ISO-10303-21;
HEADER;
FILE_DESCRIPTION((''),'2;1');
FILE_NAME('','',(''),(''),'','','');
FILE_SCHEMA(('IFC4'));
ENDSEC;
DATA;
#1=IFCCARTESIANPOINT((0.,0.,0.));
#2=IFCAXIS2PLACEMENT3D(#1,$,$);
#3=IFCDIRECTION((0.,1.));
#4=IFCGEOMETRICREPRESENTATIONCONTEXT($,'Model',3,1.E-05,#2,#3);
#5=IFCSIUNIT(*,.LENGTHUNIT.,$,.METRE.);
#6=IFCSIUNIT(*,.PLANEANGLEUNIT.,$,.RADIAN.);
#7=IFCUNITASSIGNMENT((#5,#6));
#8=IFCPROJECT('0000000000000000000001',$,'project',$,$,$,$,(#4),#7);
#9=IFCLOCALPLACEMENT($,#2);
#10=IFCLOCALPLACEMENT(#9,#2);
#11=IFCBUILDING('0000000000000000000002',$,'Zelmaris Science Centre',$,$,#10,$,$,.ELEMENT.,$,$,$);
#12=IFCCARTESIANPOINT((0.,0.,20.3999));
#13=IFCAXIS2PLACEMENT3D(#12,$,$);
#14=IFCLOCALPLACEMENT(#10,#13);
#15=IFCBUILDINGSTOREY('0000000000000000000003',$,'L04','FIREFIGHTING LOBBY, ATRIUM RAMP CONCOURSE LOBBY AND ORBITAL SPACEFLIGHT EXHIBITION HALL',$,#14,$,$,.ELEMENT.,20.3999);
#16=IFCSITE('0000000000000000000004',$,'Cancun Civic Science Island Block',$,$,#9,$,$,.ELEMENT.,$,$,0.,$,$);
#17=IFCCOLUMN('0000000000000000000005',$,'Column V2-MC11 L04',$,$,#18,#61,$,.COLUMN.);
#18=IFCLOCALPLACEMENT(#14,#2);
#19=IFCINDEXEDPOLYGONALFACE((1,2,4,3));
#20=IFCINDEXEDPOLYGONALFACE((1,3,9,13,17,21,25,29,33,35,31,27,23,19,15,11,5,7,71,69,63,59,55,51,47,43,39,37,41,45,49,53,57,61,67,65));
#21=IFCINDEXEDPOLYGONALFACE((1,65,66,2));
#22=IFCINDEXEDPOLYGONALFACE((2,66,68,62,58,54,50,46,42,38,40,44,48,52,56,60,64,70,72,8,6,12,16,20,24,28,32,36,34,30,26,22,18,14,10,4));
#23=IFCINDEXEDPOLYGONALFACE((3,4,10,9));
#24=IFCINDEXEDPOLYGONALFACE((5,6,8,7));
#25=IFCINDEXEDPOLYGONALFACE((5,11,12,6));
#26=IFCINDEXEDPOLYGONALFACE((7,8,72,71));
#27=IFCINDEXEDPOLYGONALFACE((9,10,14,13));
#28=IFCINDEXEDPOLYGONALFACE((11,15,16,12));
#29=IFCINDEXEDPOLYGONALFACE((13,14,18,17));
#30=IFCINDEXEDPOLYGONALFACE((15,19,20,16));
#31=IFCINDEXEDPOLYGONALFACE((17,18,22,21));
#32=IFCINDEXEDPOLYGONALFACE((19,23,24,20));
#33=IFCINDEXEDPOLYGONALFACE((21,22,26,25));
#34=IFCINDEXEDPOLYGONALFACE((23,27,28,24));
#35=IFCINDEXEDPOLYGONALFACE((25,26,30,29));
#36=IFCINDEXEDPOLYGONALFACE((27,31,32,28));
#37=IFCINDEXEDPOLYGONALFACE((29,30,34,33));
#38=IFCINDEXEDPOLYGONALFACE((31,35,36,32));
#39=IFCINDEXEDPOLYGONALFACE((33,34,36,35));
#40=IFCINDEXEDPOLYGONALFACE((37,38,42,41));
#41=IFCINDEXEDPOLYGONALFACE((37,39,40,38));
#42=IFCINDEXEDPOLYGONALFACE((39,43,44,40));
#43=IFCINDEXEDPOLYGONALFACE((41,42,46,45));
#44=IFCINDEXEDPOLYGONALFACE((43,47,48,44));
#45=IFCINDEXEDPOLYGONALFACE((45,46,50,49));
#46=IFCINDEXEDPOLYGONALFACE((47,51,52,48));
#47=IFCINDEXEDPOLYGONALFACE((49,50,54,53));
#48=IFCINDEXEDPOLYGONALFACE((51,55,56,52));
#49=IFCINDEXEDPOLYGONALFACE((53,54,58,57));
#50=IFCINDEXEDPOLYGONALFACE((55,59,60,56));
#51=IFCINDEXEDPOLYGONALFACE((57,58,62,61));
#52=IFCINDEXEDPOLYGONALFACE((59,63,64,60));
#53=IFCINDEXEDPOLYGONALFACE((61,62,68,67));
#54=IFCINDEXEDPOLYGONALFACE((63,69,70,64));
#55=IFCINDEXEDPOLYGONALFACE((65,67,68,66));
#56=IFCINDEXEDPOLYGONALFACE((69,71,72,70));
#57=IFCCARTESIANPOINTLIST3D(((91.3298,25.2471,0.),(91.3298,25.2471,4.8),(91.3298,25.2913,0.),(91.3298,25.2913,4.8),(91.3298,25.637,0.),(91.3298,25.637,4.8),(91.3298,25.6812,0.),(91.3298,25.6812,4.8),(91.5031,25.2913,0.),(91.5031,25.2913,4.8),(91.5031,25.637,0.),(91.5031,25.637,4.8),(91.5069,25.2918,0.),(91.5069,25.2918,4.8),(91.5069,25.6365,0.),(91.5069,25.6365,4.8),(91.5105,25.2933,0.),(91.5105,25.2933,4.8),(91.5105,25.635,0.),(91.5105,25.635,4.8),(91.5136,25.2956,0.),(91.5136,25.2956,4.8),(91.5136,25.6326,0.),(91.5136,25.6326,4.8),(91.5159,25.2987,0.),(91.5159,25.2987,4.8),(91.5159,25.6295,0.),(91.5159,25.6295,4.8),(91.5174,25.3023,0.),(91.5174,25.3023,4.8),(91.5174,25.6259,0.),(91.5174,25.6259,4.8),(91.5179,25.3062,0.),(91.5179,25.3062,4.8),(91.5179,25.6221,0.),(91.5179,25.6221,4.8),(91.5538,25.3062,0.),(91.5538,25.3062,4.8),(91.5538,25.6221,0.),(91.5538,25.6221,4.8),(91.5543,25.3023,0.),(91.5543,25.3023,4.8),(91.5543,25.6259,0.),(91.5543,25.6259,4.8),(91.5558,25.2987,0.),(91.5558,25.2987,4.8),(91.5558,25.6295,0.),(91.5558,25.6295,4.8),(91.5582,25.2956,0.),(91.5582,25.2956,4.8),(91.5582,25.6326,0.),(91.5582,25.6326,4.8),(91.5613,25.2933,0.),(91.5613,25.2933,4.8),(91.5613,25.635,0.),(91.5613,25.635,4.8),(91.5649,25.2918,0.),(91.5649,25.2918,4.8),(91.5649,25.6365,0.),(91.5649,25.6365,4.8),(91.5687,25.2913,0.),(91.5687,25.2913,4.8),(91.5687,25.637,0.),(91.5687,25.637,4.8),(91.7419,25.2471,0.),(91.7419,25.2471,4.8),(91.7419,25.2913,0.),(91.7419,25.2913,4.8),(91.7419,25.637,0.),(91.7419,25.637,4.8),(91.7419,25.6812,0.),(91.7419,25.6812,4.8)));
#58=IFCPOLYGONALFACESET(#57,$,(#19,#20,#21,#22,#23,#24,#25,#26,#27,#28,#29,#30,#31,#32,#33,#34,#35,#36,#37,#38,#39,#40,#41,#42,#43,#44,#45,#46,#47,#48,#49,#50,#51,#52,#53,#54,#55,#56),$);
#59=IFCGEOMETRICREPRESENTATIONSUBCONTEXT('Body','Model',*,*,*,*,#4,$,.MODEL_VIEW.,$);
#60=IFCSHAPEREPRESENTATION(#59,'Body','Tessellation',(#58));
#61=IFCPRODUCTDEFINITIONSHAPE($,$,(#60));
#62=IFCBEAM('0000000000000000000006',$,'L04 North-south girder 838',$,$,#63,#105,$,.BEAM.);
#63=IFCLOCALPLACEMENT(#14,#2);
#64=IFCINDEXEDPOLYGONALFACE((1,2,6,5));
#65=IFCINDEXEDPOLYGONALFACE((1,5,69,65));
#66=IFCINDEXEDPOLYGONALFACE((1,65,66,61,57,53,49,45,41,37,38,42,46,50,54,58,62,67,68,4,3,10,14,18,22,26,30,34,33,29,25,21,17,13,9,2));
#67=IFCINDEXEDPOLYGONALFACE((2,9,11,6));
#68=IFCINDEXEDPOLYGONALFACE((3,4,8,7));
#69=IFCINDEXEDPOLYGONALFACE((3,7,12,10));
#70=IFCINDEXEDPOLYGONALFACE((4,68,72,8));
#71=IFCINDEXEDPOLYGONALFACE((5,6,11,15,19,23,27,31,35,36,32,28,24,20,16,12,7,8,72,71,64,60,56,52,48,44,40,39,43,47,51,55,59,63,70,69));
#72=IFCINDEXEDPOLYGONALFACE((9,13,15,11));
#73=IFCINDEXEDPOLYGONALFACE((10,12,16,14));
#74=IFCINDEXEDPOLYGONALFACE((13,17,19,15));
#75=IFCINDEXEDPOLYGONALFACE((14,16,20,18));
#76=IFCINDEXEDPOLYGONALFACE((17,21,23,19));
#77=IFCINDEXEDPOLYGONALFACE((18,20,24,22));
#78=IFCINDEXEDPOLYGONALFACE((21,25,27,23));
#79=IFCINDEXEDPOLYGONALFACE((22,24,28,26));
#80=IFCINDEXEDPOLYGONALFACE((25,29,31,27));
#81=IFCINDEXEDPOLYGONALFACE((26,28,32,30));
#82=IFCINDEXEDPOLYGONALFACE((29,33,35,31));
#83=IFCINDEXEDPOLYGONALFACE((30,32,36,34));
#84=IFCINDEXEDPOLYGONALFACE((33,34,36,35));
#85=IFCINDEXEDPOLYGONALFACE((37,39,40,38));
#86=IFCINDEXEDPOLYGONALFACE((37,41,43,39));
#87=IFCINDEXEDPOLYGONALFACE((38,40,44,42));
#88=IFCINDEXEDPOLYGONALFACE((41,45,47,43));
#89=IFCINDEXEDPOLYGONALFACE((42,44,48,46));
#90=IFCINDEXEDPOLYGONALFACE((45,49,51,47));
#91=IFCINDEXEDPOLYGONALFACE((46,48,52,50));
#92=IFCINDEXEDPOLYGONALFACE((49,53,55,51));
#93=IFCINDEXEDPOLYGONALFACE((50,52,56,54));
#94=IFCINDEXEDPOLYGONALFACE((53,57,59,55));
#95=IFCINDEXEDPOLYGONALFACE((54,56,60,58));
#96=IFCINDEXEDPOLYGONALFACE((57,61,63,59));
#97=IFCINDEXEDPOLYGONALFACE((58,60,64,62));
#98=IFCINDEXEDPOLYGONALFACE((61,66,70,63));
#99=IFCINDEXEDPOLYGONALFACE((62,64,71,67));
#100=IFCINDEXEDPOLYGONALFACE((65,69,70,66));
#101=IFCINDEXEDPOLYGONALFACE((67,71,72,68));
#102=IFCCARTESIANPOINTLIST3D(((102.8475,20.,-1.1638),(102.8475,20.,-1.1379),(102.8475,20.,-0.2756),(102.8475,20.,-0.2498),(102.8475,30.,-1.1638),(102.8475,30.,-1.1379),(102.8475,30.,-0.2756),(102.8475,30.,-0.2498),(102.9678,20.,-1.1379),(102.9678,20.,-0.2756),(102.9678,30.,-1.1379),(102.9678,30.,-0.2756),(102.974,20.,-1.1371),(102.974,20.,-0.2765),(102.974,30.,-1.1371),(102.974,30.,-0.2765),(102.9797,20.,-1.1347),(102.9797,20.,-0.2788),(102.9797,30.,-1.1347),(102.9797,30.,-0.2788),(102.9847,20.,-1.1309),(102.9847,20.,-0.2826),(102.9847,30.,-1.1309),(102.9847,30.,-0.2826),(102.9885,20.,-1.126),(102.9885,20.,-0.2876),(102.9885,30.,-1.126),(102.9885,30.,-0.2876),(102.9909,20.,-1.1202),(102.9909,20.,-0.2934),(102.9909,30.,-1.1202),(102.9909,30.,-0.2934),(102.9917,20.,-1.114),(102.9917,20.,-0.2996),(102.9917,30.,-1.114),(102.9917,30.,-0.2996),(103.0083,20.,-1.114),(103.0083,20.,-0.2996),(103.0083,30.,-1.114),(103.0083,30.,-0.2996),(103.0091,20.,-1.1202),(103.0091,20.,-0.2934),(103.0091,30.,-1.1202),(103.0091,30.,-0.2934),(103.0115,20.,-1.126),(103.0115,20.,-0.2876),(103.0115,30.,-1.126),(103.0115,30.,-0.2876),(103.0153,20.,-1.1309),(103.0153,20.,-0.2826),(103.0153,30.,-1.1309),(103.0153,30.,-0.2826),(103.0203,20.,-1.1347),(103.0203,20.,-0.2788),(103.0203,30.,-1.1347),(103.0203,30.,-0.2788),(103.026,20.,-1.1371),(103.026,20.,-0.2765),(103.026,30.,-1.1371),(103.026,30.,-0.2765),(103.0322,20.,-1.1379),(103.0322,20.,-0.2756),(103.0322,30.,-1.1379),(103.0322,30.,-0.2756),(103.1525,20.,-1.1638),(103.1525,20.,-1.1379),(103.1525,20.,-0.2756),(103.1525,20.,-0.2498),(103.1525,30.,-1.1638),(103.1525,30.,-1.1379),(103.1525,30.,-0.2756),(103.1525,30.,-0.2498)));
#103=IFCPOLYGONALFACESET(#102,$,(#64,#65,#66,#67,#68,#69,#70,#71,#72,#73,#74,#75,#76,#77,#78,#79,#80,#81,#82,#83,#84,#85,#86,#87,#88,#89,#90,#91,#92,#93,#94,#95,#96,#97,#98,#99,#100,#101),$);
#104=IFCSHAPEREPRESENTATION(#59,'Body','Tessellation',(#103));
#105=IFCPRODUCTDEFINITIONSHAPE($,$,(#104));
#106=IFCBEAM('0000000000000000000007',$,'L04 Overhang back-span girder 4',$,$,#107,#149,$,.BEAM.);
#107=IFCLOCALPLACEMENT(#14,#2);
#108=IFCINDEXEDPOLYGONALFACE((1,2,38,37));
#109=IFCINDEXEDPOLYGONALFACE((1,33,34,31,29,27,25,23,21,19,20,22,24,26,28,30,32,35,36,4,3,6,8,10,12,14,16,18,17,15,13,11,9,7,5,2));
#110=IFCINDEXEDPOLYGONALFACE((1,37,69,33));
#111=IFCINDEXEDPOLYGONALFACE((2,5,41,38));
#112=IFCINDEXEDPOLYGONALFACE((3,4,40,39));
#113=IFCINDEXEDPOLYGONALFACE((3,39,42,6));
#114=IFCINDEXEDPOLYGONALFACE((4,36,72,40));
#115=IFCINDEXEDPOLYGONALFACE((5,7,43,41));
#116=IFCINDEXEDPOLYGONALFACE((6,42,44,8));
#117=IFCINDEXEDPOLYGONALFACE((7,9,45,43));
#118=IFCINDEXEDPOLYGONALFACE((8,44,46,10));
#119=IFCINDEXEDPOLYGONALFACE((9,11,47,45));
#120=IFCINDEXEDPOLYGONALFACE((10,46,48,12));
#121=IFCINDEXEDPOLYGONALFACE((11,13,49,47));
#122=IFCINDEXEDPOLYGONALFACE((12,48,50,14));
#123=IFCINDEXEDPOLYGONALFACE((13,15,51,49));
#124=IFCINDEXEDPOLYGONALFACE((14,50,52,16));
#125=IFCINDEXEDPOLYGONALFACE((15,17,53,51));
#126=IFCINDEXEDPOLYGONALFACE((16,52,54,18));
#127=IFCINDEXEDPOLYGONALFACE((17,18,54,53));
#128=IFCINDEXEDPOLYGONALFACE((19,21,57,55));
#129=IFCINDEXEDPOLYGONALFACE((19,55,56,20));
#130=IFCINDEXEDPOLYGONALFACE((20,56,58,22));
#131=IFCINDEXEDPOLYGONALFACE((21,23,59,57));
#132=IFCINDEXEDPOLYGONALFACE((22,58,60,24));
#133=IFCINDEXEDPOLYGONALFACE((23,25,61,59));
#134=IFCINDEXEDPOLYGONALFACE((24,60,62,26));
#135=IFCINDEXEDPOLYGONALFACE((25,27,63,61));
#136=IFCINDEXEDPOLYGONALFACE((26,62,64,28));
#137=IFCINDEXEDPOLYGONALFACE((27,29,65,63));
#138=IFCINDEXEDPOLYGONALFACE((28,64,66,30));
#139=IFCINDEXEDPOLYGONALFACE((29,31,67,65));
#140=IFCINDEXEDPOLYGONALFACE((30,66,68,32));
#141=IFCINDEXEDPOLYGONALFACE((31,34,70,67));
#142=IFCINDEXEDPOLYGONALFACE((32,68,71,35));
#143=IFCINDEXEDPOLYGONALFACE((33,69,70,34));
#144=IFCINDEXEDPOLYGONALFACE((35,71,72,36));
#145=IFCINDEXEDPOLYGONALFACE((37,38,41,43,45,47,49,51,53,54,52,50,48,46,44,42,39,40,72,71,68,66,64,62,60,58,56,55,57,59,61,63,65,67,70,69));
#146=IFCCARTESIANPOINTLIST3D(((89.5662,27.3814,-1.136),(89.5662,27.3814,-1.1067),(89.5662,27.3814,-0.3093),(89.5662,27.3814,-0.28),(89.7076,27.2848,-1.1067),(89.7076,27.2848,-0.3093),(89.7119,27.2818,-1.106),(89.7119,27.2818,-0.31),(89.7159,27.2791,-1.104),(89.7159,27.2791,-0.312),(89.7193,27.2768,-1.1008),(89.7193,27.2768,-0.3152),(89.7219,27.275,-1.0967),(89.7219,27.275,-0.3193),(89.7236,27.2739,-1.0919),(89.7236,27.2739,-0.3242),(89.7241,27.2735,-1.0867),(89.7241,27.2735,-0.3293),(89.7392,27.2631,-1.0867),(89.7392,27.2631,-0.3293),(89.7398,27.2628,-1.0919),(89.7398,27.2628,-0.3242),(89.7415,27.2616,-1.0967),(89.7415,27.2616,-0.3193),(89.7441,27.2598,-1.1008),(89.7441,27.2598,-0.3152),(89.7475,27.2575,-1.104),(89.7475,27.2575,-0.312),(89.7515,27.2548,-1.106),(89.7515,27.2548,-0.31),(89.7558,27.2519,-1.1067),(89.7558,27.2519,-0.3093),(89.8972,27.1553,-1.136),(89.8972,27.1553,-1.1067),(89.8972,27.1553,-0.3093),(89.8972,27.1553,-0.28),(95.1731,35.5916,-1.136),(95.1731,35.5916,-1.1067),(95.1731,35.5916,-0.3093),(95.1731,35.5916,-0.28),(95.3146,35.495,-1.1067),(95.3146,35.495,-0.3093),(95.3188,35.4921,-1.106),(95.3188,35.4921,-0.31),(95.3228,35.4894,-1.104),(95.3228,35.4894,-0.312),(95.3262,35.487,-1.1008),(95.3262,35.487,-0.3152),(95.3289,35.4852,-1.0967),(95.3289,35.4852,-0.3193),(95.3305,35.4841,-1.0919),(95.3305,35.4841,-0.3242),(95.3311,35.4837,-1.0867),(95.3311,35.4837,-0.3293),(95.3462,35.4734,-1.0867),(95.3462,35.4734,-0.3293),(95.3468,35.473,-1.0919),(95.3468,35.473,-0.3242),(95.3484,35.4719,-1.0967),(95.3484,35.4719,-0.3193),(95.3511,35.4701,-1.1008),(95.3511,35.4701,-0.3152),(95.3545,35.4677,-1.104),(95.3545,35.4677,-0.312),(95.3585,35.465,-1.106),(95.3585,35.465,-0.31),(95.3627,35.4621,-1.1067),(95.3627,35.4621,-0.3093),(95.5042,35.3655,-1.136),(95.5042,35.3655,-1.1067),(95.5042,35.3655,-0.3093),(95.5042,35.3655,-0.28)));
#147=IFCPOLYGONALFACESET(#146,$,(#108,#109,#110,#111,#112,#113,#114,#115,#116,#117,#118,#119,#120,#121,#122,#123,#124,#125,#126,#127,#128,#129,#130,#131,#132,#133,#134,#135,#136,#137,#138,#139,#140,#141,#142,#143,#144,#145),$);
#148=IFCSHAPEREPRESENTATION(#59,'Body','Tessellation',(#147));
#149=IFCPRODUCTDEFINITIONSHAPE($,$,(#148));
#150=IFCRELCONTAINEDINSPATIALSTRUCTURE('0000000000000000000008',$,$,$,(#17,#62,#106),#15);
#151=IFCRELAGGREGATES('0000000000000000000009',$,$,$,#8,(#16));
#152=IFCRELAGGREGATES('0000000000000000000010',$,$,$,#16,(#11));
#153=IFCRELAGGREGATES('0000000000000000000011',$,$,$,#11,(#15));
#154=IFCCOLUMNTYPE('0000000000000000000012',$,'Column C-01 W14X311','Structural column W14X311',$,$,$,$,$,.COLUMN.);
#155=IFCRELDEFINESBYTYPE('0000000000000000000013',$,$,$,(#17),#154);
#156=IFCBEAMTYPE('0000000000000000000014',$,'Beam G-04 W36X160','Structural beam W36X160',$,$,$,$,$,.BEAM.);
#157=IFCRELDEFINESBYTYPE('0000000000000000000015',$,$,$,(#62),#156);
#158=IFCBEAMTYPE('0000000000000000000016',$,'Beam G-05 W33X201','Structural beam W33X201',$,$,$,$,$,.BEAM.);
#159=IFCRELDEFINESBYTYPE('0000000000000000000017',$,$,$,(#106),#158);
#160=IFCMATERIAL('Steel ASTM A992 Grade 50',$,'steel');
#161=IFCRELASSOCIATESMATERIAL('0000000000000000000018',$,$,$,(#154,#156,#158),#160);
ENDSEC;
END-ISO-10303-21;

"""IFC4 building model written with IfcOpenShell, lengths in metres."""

from ifc_helpers import new_model, si_unit, direction, frame, origin, origin_2d, place, context, subcontext, project, spatial, i_section, extrude, material, material_profile, profile_set, type_object, element, save


model = new_model("IFC4")

# Units and contexts
model_context = context("Model", 3, precision=1e-05, world=origin(), true_north=direction((0.0, 1.0)))
body_context = subcontext(model_context, "Body", "Model", "MODEL_VIEW")
ifc_project = project(units=[si_unit("LENGTHUNIT", "METRE"), si_unit("PLANEANGLEUNIT", "RADIAN")], contexts=[model_context])

# Site, building, storey
site_placement = place(None, origin())
site = spatial("IfcSite", under=ifc_project, at=site_placement, Name="Cancun Civic Science Island Block", CompositionType="ELEMENT", RefElevation=0.0)
building_placement = place(site_placement, origin())
building = spatial("IfcBuilding", under=site, at=building_placement, Name="Zelmaris Science Centre", CompositionType="ELEMENT")
storey_placement = place(building_placement, frame((0.0, 0.0, 20.3999)))
storey = spatial("IfcBuildingStorey", under=building, at=storey_placement, Name="L04", Description="FIREFIGHTING LOBBY, ATRIUM RAMP CONCOURSE LOBBY AND ORBITAL SPACEFLIGHT EXHIBITION HALL", CompositionType="ELEMENT", Elevation=20.3999)

# Column
ifc_material_1 = material(Name="Steel ASTM A992 Grade 50", Category="steel")
ifc_material_profile_1 = material_profile(ifc_material_1, i_section(OverallWidth=0.4121, OverallDepth=0.4341, WebThickness=0.0359, FlangeThickness=0.0442, FilletRadius=0.0149, at=origin_2d()), Name="W14X311")
ifc_profile_set_1 = profile_set([ifc_material_profile_1], Name="Steel ASTM A992 Grade 50")
column_type = type_object("IfcColumnType", Name="Column C-01 W14X311", Description="Structural column W14X311", PredefinedType="COLUMN", material=ifc_profile_set_1)
column_placement = place(storey_placement, frame((91.5359, 25.4641, 0.0), z_axis=(0.0, 0.0, 1.0), x_axis=(1.0, 0.0, 0.0)))
element("IfcColumn", 1, at=column_placement, inside=storey, type_object=column_type, Name="Column V2-MC11 L04", PredefinedType="COLUMN", context=body_context, shape_type="SweptSolid", body=[
    extrude(i_section(OverallWidth=0.4121, OverallDepth=0.4341, WebThickness=0.0359, FlangeThickness=0.0442, FilletRadius=0.0149, at=origin_2d()), origin(), (0.0, 0.0, 1.0), 4.8),
])

# Beams
ifc_material_profile_2 = material_profile(ifc_material_1, i_section(OverallWidth=0.3049, OverallDepth=0.9141, WebThickness=0.0166, FlangeThickness=0.0259, FilletRadius=0.0239, at=origin_2d()), Name="W36X160")
ifc_profile_set_2 = profile_set([ifc_material_profile_2], Name="Steel ASTM A992 Grade 50")
beam_type_1 = type_object("IfcBeamType", Name="Beam G-04 W36X160", Description="Structural beam W36X160", PredefinedType="BEAM", material=ifc_profile_set_2)
beam_1_placement = place(storey_placement, frame((103.0, 20.0, -0.7068), z_axis=(0.0, 1.0, 0.0), x_axis=(-1.0, 0.0, 0.0)))
element("IfcBeam", 2, at=beam_1_placement, inside=storey, type_object=beam_type_1, Name="L04 North-south girder 838", PredefinedType="BEAM", context=body_context, shape_type="SweptSolid", body=[
    extrude(i_section(OverallWidth=0.3049, OverallDepth=0.9141, WebThickness=0.0166, FlangeThickness=0.0259, FilletRadius=0.0239, at=origin_2d()), origin(), (0.0, 0.0, 1.0), 10.0),
])
ifc_material_profile_3 = material_profile(ifc_material_1, i_section(OverallWidth=0.4009, OverallDepth=0.856, WebThickness=0.0183, FlangeThickness=0.0293, FilletRadius=0.02, at=origin_2d()), Name="W33X201")
ifc_profile_set_3 = profile_set([ifc_material_profile_3], Name="Steel ASTM A992 Grade 50")
beam_type_2 = type_object("IfcBeamType", Name="Beam G-05 W33X201", Description="Structural beam W33X201", PredefinedType="BEAM", material=ifc_profile_set_3)
beam_2_placement = place(storey_placement, frame((89.7317, 27.2683, -0.708), z_axis=(0.563959, 0.825803, 0.0), x_axis=(-0.825803, 0.563959, 0.0)))
element("IfcBeam", 3, at=beam_2_placement, inside=storey, type_object=beam_type_2, Name="L04 Overhang back-span girder 4", PredefinedType="BEAM", context=body_context, shape_type="SweptSolid", body=[
    extrude(i_section(OverallWidth=0.4009, OverallDepth=0.856, WebThickness=0.0183, FlangeThickness=0.0293, FilletRadius=0.02, at=origin_2d()), origin(), (0.0, 0.0, 1.0), 9.9421),
])

save(model, "model.ifc")
